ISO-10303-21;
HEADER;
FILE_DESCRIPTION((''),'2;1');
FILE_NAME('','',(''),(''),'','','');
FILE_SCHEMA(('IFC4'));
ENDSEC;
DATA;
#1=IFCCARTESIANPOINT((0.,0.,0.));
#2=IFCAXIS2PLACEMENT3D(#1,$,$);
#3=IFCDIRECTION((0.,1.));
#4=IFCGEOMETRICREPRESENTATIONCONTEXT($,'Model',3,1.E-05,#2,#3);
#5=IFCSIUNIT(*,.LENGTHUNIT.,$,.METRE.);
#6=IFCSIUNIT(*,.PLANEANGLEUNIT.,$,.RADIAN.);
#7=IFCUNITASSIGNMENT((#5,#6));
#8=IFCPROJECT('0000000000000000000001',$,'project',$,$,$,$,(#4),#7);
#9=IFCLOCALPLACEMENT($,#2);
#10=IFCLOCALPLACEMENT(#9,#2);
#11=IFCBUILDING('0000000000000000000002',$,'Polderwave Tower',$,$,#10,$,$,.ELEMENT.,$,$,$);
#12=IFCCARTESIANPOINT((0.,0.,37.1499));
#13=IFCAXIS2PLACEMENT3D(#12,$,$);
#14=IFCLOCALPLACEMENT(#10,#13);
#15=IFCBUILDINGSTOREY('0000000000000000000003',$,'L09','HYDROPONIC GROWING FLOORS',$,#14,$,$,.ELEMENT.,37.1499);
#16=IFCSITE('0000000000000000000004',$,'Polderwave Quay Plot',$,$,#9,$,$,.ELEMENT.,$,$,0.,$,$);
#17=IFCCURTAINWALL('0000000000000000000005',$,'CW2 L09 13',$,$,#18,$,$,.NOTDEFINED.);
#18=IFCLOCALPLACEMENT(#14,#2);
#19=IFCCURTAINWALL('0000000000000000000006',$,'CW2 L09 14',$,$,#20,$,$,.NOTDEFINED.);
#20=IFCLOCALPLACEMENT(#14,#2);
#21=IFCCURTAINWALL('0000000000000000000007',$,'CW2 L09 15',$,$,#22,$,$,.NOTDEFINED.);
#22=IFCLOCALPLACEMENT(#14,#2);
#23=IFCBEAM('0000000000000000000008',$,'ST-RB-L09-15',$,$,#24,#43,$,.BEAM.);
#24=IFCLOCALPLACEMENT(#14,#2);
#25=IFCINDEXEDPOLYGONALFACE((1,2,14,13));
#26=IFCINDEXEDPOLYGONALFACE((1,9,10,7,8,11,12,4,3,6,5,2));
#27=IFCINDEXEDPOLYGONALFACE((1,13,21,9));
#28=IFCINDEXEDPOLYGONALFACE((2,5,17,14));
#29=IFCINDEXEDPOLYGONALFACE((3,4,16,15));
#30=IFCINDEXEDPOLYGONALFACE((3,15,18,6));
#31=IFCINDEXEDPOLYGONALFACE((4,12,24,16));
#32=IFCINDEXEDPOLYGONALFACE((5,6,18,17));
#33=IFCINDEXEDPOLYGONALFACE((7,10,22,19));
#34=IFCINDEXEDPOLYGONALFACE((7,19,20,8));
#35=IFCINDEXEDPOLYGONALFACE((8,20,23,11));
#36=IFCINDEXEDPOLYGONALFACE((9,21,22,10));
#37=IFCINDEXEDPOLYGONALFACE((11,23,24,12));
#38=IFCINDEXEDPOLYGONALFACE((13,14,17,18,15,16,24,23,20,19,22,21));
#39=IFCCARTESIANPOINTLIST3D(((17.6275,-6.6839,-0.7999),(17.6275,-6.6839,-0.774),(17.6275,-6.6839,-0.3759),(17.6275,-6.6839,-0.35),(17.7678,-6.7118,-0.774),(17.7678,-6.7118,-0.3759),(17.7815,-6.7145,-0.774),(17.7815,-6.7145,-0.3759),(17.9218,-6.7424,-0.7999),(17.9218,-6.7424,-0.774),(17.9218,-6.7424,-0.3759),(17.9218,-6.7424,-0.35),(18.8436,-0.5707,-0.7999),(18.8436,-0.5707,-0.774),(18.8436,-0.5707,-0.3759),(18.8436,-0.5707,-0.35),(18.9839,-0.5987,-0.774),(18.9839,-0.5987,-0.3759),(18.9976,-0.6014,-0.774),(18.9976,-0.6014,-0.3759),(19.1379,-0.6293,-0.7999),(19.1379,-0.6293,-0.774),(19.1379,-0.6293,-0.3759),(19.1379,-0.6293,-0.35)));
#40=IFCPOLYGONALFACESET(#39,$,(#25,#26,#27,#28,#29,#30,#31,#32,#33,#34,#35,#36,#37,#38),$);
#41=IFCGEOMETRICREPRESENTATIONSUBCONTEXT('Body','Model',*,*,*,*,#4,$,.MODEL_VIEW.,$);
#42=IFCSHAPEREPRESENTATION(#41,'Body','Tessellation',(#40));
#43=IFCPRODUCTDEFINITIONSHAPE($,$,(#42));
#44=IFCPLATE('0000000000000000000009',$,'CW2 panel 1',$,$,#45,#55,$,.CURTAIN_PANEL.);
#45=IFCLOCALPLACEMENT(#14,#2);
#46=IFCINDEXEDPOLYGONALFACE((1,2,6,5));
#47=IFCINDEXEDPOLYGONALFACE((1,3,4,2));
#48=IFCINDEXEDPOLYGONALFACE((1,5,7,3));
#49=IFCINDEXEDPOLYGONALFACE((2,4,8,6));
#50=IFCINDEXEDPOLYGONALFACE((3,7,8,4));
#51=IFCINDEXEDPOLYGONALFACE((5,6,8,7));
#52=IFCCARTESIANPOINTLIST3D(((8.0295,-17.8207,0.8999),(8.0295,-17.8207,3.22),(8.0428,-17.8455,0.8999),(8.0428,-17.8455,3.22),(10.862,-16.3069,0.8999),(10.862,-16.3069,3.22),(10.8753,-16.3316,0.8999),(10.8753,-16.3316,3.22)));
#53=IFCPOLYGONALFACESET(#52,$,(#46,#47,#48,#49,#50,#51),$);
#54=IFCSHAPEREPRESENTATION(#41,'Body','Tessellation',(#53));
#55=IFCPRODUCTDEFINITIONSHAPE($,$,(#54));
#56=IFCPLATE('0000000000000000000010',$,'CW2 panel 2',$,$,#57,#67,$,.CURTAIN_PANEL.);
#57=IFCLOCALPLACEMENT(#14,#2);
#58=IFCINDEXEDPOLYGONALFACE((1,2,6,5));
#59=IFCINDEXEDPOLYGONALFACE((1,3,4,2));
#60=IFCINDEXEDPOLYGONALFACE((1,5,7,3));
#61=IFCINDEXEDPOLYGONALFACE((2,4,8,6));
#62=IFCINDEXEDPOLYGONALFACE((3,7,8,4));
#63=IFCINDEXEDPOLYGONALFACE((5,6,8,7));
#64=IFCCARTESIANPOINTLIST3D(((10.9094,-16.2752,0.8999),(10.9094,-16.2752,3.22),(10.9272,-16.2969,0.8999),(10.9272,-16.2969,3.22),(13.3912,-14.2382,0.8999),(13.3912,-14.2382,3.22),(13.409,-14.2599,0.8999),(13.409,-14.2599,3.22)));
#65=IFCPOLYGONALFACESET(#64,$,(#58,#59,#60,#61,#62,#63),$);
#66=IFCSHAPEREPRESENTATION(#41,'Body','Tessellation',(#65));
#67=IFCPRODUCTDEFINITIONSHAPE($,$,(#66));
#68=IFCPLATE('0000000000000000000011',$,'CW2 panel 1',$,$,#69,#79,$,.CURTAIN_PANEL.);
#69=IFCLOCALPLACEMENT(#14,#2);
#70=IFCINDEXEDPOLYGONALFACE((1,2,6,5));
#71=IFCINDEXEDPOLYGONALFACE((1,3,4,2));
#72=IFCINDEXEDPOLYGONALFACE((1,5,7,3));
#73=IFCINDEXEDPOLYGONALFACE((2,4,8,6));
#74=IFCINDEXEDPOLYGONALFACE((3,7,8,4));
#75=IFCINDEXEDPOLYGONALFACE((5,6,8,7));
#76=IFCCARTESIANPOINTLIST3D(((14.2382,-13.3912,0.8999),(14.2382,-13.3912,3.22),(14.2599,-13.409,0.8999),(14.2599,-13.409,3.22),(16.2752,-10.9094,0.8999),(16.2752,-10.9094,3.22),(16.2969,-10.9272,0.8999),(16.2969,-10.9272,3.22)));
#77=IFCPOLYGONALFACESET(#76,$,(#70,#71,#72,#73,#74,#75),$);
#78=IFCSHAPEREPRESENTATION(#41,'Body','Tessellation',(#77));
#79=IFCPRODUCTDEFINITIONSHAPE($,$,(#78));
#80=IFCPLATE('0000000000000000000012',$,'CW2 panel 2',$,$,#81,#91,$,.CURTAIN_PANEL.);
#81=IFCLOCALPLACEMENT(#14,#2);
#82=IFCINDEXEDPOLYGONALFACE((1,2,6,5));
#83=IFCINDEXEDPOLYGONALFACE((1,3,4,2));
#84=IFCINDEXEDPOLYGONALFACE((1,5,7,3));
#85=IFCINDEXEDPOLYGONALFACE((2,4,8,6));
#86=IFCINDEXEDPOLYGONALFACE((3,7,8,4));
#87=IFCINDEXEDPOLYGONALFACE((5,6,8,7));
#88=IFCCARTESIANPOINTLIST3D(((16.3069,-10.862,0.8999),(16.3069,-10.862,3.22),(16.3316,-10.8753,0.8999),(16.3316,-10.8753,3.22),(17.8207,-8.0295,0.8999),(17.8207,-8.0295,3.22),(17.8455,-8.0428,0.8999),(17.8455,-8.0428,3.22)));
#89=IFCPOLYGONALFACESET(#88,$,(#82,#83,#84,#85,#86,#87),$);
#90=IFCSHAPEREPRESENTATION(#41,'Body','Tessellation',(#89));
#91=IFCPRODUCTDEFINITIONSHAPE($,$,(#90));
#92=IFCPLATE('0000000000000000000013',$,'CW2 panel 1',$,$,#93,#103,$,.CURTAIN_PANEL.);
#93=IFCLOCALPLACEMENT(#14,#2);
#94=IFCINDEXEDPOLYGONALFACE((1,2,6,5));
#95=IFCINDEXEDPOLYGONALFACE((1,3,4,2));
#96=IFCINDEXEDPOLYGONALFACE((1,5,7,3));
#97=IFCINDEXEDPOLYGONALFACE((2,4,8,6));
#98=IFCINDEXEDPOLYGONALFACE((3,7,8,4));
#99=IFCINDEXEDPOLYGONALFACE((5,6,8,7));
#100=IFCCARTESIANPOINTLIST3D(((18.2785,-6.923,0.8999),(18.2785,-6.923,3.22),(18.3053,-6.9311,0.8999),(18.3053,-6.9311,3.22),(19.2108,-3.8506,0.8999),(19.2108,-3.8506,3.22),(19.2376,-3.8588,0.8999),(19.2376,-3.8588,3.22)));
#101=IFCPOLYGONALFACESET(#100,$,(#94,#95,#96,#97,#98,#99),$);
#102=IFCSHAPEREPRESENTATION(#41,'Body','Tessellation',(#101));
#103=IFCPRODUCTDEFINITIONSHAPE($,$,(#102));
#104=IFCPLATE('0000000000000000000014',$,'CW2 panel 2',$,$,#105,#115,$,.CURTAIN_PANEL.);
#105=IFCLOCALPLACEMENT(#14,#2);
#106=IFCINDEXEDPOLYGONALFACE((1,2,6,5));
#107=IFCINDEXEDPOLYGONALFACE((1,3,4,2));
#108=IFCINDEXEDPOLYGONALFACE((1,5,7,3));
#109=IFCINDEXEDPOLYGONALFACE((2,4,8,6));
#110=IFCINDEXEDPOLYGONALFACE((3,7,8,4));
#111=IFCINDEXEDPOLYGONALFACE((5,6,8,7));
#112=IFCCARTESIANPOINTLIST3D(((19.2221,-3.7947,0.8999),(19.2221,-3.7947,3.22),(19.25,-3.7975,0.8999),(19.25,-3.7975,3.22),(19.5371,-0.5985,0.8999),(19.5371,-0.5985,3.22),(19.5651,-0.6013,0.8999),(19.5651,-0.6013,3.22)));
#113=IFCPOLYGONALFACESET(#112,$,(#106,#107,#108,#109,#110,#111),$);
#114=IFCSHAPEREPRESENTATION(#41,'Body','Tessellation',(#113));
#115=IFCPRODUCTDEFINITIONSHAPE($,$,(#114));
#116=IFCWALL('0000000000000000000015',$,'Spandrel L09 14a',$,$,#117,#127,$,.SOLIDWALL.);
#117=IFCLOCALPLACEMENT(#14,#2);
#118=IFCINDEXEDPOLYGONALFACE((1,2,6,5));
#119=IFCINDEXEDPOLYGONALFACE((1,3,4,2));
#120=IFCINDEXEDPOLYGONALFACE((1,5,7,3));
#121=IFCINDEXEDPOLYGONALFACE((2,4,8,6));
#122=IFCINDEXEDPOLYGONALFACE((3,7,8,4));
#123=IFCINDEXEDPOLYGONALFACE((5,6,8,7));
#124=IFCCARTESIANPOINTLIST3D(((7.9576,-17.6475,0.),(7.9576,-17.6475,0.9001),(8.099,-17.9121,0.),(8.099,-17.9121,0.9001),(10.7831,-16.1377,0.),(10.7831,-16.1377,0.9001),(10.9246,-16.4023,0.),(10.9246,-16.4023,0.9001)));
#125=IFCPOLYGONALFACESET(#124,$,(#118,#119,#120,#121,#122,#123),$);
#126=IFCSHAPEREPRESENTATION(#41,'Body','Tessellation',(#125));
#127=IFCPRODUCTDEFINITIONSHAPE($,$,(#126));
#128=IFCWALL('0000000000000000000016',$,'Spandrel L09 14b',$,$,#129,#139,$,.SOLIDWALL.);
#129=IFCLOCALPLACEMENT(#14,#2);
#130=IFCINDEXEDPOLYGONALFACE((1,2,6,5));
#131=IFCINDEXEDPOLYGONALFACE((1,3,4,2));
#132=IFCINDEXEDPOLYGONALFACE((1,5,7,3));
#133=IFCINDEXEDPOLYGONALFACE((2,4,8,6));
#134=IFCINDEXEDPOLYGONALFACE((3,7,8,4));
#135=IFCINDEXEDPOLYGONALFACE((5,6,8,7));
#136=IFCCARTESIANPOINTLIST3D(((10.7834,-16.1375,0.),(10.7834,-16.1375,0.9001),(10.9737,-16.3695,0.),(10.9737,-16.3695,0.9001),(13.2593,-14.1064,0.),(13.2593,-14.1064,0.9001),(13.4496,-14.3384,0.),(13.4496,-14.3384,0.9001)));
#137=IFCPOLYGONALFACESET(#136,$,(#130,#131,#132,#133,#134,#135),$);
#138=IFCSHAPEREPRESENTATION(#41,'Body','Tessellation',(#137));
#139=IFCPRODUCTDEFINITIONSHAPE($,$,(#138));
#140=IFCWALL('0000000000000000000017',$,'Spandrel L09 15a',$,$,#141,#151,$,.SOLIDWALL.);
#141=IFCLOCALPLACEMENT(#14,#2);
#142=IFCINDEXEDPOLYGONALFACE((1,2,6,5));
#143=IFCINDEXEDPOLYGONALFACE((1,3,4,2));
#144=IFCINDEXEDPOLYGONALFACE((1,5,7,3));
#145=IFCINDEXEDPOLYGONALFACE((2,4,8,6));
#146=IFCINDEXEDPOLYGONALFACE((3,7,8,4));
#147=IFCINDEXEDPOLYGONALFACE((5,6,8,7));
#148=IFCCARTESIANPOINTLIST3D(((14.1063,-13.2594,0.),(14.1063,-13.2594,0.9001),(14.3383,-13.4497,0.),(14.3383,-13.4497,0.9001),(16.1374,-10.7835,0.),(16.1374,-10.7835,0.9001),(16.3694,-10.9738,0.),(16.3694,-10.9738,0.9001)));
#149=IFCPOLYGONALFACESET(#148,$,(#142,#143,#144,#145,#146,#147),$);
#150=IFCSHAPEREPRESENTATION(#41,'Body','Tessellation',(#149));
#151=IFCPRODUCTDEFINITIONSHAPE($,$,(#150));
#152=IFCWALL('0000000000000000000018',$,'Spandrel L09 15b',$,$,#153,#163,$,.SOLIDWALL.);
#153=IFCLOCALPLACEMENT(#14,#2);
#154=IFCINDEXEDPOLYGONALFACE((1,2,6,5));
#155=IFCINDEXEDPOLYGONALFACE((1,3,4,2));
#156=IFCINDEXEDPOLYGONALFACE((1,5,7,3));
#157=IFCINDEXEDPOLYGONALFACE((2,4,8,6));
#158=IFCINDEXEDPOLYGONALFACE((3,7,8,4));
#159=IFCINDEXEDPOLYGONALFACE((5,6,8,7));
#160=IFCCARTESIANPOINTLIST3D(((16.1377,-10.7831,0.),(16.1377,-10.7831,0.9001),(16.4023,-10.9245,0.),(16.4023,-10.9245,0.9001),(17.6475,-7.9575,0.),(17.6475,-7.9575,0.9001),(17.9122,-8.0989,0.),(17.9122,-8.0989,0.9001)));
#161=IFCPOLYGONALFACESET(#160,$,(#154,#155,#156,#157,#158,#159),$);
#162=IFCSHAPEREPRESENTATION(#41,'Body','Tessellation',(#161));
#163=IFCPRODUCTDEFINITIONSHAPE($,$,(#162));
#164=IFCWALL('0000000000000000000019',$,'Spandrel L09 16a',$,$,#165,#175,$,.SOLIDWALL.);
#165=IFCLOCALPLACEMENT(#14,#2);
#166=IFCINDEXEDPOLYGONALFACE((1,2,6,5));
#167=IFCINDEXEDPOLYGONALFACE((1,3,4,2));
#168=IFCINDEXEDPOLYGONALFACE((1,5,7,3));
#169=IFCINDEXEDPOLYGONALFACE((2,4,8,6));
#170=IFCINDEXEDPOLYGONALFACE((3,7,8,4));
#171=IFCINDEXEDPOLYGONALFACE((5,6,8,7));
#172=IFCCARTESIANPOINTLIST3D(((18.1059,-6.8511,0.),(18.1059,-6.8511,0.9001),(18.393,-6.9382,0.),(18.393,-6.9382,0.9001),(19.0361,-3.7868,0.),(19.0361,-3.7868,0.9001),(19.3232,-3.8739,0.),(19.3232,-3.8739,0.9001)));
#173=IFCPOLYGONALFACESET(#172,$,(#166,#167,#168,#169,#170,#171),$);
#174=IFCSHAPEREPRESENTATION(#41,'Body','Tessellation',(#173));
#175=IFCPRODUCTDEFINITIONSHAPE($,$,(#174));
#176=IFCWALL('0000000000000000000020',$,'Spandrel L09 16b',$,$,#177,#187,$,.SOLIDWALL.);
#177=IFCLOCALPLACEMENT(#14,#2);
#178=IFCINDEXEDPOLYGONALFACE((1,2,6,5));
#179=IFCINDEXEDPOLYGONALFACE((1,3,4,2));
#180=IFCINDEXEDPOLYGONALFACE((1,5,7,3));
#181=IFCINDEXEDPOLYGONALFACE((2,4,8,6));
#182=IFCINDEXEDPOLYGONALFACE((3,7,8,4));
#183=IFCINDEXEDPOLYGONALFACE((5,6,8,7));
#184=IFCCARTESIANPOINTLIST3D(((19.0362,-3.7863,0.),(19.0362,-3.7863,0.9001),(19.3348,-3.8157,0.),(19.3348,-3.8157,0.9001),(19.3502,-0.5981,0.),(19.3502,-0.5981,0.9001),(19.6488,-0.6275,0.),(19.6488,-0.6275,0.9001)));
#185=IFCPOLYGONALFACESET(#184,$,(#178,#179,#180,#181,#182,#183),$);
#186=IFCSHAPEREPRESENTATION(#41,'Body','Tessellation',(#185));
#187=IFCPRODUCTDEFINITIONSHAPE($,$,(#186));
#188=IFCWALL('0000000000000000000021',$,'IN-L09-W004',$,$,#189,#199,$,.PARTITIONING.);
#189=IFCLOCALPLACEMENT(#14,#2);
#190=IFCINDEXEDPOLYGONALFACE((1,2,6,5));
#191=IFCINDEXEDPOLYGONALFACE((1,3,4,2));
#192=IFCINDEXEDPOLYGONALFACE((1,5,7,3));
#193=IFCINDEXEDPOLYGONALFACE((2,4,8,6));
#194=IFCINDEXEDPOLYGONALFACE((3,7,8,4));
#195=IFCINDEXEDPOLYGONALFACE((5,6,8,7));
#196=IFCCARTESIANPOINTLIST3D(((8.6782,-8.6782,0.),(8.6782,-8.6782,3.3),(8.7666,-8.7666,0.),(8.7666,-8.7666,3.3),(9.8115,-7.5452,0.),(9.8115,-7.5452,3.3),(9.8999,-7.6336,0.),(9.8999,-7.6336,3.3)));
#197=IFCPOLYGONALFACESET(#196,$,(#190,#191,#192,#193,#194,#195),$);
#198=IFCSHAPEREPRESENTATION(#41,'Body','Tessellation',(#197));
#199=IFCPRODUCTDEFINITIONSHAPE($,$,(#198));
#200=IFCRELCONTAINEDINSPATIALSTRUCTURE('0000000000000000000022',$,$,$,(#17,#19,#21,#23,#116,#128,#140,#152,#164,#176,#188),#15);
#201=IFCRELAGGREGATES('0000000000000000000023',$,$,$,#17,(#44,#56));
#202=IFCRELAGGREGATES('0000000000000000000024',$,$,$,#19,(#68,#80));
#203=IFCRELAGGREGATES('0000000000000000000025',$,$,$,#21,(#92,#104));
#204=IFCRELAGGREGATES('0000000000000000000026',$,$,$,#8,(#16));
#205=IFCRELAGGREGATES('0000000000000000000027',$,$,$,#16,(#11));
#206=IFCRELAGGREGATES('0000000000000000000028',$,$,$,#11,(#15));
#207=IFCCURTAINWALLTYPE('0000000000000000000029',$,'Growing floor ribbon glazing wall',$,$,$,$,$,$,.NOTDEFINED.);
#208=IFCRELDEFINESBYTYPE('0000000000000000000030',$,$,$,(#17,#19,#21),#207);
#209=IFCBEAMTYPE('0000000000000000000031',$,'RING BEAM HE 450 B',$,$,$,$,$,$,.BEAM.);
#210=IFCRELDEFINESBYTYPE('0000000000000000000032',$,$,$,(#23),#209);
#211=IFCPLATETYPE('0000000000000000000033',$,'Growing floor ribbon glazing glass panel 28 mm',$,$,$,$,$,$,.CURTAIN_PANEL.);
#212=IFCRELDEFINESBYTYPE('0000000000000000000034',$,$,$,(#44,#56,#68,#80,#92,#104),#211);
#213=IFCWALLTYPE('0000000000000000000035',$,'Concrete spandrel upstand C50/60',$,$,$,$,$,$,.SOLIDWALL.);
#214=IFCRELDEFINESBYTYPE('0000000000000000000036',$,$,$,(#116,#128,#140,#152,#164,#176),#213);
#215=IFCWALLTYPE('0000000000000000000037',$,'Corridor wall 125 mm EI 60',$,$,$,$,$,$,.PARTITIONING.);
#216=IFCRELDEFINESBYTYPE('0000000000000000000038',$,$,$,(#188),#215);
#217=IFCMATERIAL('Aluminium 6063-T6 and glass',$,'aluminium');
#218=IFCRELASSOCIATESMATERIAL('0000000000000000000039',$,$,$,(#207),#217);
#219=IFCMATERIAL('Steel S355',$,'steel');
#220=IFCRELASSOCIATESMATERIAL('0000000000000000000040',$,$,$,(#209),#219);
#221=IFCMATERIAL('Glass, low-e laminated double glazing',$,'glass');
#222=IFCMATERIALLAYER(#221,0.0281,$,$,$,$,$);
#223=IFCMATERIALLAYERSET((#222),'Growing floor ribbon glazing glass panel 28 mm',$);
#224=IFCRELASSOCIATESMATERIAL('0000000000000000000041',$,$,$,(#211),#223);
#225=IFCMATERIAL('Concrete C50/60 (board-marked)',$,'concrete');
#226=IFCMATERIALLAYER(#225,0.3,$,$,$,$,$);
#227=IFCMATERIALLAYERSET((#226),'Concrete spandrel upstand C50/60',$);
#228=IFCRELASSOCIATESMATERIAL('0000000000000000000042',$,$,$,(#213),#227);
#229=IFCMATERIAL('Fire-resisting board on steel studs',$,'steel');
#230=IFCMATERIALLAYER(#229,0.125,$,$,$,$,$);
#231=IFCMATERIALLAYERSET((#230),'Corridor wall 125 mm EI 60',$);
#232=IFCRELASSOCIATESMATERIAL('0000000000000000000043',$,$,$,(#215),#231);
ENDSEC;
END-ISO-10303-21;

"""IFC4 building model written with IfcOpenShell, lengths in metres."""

from ifc_helpers import new_model, si_unit, direction, frame, frame_2d, origin, origin_2d, place, context, subcontext, project, spatial, rectangle, i_section, extrude, material, layer, layer_set, material_profile, profile_set, type_object, element, aggregate, save


model = new_model("IFC4")

# Units and contexts
model_context = context("Model", 3, precision=1e-05, world=origin(), true_north=direction((0.0, 1.0)))
body_context = subcontext(model_context, "Body", "Model", "MODEL_VIEW")
ifc_project = project(units=[si_unit("LENGTHUNIT", "METRE"), si_unit("PLANEANGLEUNIT", "RADIAN")], contexts=[model_context])

# Site, building, storey
site_placement = place(None, origin())
site = spatial("IfcSite", under=ifc_project, at=site_placement, Name="Polderwave Quay Plot", CompositionType="ELEMENT", RefElevation=0.0)
building_placement = place(site_placement, origin())
building = spatial("IfcBuilding", under=site, at=building_placement, Name="Polderwave Tower", CompositionType="ELEMENT")
storey_placement = place(building_placement, frame((0.0, 0.0, 37.1499)))
storey = spatial("IfcBuildingStorey", under=building, at=storey_placement, Name="L09", Description="HYDROPONIC GROWING FLOORS", CompositionType="ELEMENT", Elevation=37.1499)

# Curtain walls
ifc_material_1 = material(Name="Aluminium 6063-T6 and glass", Category="aluminium")
curtain_wall_type = type_object("IfcCurtainWallType", Name="Growing floor ribbon glazing wall", PredefinedType="NOTDEFINED", material=ifc_material_1)
curtain_wall_1_placement = place(storey_placement, origin())
curtain_wall_1 = element("IfcCurtainWall", 1, at=curtain_wall_1_placement, inside=storey, type_object=curtain_wall_type, Name="CW2 L09 13", PredefinedType="NOTDEFINED")
curtain_wall_2_placement = place(storey_placement, origin())
curtain_wall_2 = element("IfcCurtainWall", 2, at=curtain_wall_2_placement, inside=storey, type_object=curtain_wall_type, Name="CW2 L09 14", PredefinedType="NOTDEFINED")
curtain_wall_3_placement = place(storey_placement, origin())
curtain_wall_3 = element("IfcCurtainWall", 3, at=curtain_wall_3_placement, inside=storey, type_object=curtain_wall_type, Name="CW2 L09 15", PredefinedType="NOTDEFINED")

# Beam
ifc_material_2 = material(Name="Steel S355", Category="steel")
ifc_material_profile_1 = material_profile(ifc_material_2, i_section(OverallWidth=0.3, OverallDepth=0.45, WebThickness=0.0139, FlangeThickness=0.0259, at=origin_2d()), Name="HE 450 B")
ifc_profile_set_1 = profile_set([ifc_material_profile_1], Name="Steel S355")
beam_type = type_object("IfcBeamType", Name="RING BEAM HE 450 B", PredefinedType="BEAM", material=ifc_profile_set_1)
beam_placement = place(storey_placement, frame((17.7747, -6.7131, -0.575), z_axis=(0.195107, 0.980782, 0.0), x_axis=(-0.980782, 0.195107, 0.0)))
element("IfcBeam", 4, at=beam_placement, inside=storey, type_object=beam_type, Name="ST-RB-L09-15", PredefinedType="BEAM", context=body_context, shape_type="SweptSolid", body=[
    extrude(i_section(OverallWidth=0.3, OverallDepth=0.45, WebThickness=0.0139, FlangeThickness=0.0259, at=origin_2d()), origin(), (0.0, 0.0, 1.0), 6.2329),
])

# Plates
ifc_material_3 = material(Name="Glass, low-e laminated double glazing", Category="glass")
ifc_layer_1 = layer(ifc_material_3, 0.0281)
ifc_layer_set_1 = layer_set([ifc_layer_1], Name="Growing floor ribbon glazing glass panel 28 mm")
plate_type = type_object("IfcPlateType", Name="Growing floor ribbon glazing glass panel 28 mm", PredefinedType="CURTAIN_PANEL", material=ifc_layer_set_1)
plate_1_placement = place(storey_placement, frame((9.4524, -17.0762, 0.8999), z_axis=(0.0, 0.0, 1.0), x_axis=(0.881943, 0.471357, 0.0)))
plate_1 = element("IfcPlate", 5, at=plate_1_placement, type_object=plate_type, Name="CW2 panel 1", PredefinedType="CURTAIN_PANEL", context=body_context, shape_type="SweptSolid", body=[
    extrude(rectangle(XDim=3.2117, YDim=0.0281, at=origin_2d()), origin(), (0.0, 0.0, 1.0), 2.3201),
])
plate_2_placement = place(storey_placement, frame((12.1592, -15.2676, 0.8999), z_axis=(0.0, 0.0, 1.0), x_axis=(0.772981, 0.63443, 0.0)))
plate_2 = element("IfcPlate", 6, at=plate_2_placement, type_object=plate_type, Name="CW2 panel 2", PredefinedType="CURTAIN_PANEL", context=body_context, shape_type="SweptSolid", body=[
    extrude(rectangle(XDim=3.2107, YDim=0.0281, at=origin_2d()), origin(), (0.0, 0.0, 1.0), 2.3201),
])
aggregate(curtain_wall_1, [plate_1, plate_2])
plate_3_placement = place(storey_placement, frame((15.2676, -12.1592, 0.8999), z_axis=(0.0, 0.0, 1.0), x_axis=(0.63443, 0.772981, 0.0)))
plate_3 = element("IfcPlate", 7, at=plate_3_placement, type_object=plate_type, Name="CW2 panel 1", PredefinedType="CURTAIN_PANEL", context=body_context, shape_type="SweptSolid", body=[
    extrude(rectangle(XDim=3.2107, YDim=0.0281, at=origin_2d()), origin(), (0.0, 0.0, 1.0), 2.3201),
])
plate_4_placement = place(storey_placement, frame((17.0762, -9.4524, 0.8999), z_axis=(0.0, 0.0, 1.0), x_axis=(0.471357, 0.881943, 0.0)))
plate_4 = element("IfcPlate", 8, at=plate_4_placement, type_object=plate_type, Name="CW2 panel 2", PredefinedType="CURTAIN_PANEL", context=body_context, shape_type="SweptSolid", body=[
    extrude(rectangle(XDim=3.2117, YDim=0.0281, at=origin_2d()), origin(), (0.0, 0.0, 1.0), 2.3201),
])
aggregate(curtain_wall_2, [plate_3, plate_4])
plate_5_placement = place(storey_placement, frame((18.7581, -5.3909, 0.8999), z_axis=(0.0, 0.0, 1.0), x_axis=(0.290375, 0.956913, 0.0)))
plate_5 = element("IfcPlate", 9, at=plate_5_placement, type_object=plate_type, Name="CW2 panel 1", PredefinedType="CURTAIN_PANEL", context=body_context, shape_type="SweptSolid", body=[
    extrude(rectangle(XDim=3.2107, YDim=0.0281, at=origin_2d()), origin(), (0.0, 0.0, 1.0), 2.3201),
])
plate_6_placement = place(storey_placement, frame((19.3936, -2.198, 0.8999), z_axis=(0.0, 0.0, 1.0), x_axis=(0.098099, 0.995177, 0.0)))
plate_6 = element("IfcPlate", 10, at=plate_6_placement, type_object=plate_type, Name="CW2 panel 2", PredefinedType="CURTAIN_PANEL", context=body_context, shape_type="SweptSolid", body=[
    extrude(rectangle(XDim=3.2117, YDim=0.0281, at=origin_2d()), origin(), (0.0, 0.0, 1.0), 2.3201),
])
aggregate(curtain_wall_3, [plate_5, plate_6])

# Walls
ifc_material_4 = material(Name="Concrete C50/60 (board-marked)", Category="concrete")
ifc_layer_2 = layer(ifc_material_4, 0.3)
ifc_layer_set_2 = layer_set([ifc_layer_2], Name="Concrete spandrel upstand C50/60")
wall_type_1 = type_object("IfcWallType", Name="Concrete spandrel upstand C50/60", PredefinedType="SOLIDWALL", material=ifc_layer_set_2)
wall_1_placement = place(storey_placement, frame((8.0283, -17.7798, 0.0), z_axis=(0.0, 0.0, 1.0), x_axis=(0.881981, 0.471284, 0.0)))
element("IfcWall", 11, at=wall_1_placement, inside=storey, type_object=wall_type_1, Name="Spandrel L09 14a", PredefinedType="SOLIDWALL", context=body_context, shape_type="SweptSolid", body=[
    extrude(rectangle(XDim=3.2036, YDim=0.3, at=frame_2d((1.6018, 0.0))), origin(), (0.0, 0.0, 1.0), 0.9001),
])
for number, where, z_axis, x_axis, name in (
    (12, (10.8787, -16.2534, 0.0), (0.0, 0.0, 1.0), (0.773141, 0.634234, 0.0), "Spandrel L09 14b"),
    (13, (14.2224, -13.3545, 0.0), (0.0, 0.0, 1.0), (0.634234, 0.773141, 0.0), "Spandrel L09 15a"),
):
    element("IfcWall", number, at=place(storey_placement, frame(where, z_axis=z_axis, x_axis=x_axis)), inside=storey, type_object=wall_type_1, Name=name, PredefinedType="SOLIDWALL", context=body_context, shape_type="SweptSolid", body=[
        extrude(rectangle(XDim=3.2024, YDim=0.3, at=frame_2d((1.6011, 0.0))), origin(), (0.0, 0.0, 1.0), 0.9001),
    ])
wall_2_placement = place(storey_placement, frame((16.27, -10.8538, 0.0), z_axis=(0.0, 0.0, 1.0), x_axis=(0.471284, 0.881981, 0.0)))
element("IfcWall", 14, at=wall_2_placement, inside=storey, type_object=wall_type_1, Name="Spandrel L09 15b", PredefinedType="SOLIDWALL", context=body_context, shape_type="SweptSolid", body=[
    extrude(rectangle(XDim=3.2036, YDim=0.3, at=frame_2d((1.6018, 0.0))), origin(), (0.0, 0.0, 1.0), 0.9001),
])
wall_3_placement = place(storey_placement, frame((18.2495, -6.8945, 0.0), z_axis=(0.0, 0.0, 1.0), x_axis=(0.290473, 0.956883, 0.0)))
element("IfcWall", 15, at=wall_3_placement, inside=storey, type_object=wall_type_1, Name="Spandrel L09 16a", PredefinedType="SOLIDWALL", context=body_context, shape_type="SweptSolid", body=[
    extrude(rectangle(XDim=3.2024, YDim=0.3, at=frame_2d((1.6011, 0.0))), origin(), (0.0, 0.0, 1.0), 0.9001),
])
wall_4_placement = place(storey_placement, frame((19.1855, -3.801, 0.0), z_axis=(0.0, 0.0, 1.0), x_axis=(0.098002, 0.995186, 0.0)))
element("IfcWall", 16, at=wall_4_placement, inside=storey, type_object=wall_type_1, Name="Spandrel L09 16b", PredefinedType="SOLIDWALL", context=body_context, shape_type="SweptSolid", body=[
    extrude(rectangle(XDim=3.2036, YDim=0.3, at=frame_2d((1.6018, 0.0))), origin(), (0.0, 0.0, 1.0), 0.9001),
])
ifc_material_5 = material(Name="Fire-resisting board on steel studs", Category="steel")
ifc_layer_3 = layer(ifc_material_5, 0.125)
ifc_layer_set_3 = layer_set([ifc_layer_3], Name="Corridor wall 125 mm EI 60")
wall_type_2 = type_object("IfcWallType", Name="Corridor wall 125 mm EI 60", PredefinedType="PARTITIONING", material=ifc_layer_set_3)
wall_5_placement = place(storey_placement, frame((9.8557, -7.5894, 0.0), z_axis=(0.0, 0.0, 1.0), x_axis=(-0.707183, -0.707031, 0.0)))
element("IfcWall", 17, at=wall_5_placement, inside=storey, type_object=wall_type_2, Name="IN-L09-W004", PredefinedType="PARTITIONING", context=body_context, shape_type="SweptSolid", body=[
    extrude(rectangle(XDim=1.6025, YDim=0.125, at=frame_2d((0.8013, 0.0))), origin(), (0.0, 0.0, 1.0), 3.3),
])

save(model, "model.ifc")
